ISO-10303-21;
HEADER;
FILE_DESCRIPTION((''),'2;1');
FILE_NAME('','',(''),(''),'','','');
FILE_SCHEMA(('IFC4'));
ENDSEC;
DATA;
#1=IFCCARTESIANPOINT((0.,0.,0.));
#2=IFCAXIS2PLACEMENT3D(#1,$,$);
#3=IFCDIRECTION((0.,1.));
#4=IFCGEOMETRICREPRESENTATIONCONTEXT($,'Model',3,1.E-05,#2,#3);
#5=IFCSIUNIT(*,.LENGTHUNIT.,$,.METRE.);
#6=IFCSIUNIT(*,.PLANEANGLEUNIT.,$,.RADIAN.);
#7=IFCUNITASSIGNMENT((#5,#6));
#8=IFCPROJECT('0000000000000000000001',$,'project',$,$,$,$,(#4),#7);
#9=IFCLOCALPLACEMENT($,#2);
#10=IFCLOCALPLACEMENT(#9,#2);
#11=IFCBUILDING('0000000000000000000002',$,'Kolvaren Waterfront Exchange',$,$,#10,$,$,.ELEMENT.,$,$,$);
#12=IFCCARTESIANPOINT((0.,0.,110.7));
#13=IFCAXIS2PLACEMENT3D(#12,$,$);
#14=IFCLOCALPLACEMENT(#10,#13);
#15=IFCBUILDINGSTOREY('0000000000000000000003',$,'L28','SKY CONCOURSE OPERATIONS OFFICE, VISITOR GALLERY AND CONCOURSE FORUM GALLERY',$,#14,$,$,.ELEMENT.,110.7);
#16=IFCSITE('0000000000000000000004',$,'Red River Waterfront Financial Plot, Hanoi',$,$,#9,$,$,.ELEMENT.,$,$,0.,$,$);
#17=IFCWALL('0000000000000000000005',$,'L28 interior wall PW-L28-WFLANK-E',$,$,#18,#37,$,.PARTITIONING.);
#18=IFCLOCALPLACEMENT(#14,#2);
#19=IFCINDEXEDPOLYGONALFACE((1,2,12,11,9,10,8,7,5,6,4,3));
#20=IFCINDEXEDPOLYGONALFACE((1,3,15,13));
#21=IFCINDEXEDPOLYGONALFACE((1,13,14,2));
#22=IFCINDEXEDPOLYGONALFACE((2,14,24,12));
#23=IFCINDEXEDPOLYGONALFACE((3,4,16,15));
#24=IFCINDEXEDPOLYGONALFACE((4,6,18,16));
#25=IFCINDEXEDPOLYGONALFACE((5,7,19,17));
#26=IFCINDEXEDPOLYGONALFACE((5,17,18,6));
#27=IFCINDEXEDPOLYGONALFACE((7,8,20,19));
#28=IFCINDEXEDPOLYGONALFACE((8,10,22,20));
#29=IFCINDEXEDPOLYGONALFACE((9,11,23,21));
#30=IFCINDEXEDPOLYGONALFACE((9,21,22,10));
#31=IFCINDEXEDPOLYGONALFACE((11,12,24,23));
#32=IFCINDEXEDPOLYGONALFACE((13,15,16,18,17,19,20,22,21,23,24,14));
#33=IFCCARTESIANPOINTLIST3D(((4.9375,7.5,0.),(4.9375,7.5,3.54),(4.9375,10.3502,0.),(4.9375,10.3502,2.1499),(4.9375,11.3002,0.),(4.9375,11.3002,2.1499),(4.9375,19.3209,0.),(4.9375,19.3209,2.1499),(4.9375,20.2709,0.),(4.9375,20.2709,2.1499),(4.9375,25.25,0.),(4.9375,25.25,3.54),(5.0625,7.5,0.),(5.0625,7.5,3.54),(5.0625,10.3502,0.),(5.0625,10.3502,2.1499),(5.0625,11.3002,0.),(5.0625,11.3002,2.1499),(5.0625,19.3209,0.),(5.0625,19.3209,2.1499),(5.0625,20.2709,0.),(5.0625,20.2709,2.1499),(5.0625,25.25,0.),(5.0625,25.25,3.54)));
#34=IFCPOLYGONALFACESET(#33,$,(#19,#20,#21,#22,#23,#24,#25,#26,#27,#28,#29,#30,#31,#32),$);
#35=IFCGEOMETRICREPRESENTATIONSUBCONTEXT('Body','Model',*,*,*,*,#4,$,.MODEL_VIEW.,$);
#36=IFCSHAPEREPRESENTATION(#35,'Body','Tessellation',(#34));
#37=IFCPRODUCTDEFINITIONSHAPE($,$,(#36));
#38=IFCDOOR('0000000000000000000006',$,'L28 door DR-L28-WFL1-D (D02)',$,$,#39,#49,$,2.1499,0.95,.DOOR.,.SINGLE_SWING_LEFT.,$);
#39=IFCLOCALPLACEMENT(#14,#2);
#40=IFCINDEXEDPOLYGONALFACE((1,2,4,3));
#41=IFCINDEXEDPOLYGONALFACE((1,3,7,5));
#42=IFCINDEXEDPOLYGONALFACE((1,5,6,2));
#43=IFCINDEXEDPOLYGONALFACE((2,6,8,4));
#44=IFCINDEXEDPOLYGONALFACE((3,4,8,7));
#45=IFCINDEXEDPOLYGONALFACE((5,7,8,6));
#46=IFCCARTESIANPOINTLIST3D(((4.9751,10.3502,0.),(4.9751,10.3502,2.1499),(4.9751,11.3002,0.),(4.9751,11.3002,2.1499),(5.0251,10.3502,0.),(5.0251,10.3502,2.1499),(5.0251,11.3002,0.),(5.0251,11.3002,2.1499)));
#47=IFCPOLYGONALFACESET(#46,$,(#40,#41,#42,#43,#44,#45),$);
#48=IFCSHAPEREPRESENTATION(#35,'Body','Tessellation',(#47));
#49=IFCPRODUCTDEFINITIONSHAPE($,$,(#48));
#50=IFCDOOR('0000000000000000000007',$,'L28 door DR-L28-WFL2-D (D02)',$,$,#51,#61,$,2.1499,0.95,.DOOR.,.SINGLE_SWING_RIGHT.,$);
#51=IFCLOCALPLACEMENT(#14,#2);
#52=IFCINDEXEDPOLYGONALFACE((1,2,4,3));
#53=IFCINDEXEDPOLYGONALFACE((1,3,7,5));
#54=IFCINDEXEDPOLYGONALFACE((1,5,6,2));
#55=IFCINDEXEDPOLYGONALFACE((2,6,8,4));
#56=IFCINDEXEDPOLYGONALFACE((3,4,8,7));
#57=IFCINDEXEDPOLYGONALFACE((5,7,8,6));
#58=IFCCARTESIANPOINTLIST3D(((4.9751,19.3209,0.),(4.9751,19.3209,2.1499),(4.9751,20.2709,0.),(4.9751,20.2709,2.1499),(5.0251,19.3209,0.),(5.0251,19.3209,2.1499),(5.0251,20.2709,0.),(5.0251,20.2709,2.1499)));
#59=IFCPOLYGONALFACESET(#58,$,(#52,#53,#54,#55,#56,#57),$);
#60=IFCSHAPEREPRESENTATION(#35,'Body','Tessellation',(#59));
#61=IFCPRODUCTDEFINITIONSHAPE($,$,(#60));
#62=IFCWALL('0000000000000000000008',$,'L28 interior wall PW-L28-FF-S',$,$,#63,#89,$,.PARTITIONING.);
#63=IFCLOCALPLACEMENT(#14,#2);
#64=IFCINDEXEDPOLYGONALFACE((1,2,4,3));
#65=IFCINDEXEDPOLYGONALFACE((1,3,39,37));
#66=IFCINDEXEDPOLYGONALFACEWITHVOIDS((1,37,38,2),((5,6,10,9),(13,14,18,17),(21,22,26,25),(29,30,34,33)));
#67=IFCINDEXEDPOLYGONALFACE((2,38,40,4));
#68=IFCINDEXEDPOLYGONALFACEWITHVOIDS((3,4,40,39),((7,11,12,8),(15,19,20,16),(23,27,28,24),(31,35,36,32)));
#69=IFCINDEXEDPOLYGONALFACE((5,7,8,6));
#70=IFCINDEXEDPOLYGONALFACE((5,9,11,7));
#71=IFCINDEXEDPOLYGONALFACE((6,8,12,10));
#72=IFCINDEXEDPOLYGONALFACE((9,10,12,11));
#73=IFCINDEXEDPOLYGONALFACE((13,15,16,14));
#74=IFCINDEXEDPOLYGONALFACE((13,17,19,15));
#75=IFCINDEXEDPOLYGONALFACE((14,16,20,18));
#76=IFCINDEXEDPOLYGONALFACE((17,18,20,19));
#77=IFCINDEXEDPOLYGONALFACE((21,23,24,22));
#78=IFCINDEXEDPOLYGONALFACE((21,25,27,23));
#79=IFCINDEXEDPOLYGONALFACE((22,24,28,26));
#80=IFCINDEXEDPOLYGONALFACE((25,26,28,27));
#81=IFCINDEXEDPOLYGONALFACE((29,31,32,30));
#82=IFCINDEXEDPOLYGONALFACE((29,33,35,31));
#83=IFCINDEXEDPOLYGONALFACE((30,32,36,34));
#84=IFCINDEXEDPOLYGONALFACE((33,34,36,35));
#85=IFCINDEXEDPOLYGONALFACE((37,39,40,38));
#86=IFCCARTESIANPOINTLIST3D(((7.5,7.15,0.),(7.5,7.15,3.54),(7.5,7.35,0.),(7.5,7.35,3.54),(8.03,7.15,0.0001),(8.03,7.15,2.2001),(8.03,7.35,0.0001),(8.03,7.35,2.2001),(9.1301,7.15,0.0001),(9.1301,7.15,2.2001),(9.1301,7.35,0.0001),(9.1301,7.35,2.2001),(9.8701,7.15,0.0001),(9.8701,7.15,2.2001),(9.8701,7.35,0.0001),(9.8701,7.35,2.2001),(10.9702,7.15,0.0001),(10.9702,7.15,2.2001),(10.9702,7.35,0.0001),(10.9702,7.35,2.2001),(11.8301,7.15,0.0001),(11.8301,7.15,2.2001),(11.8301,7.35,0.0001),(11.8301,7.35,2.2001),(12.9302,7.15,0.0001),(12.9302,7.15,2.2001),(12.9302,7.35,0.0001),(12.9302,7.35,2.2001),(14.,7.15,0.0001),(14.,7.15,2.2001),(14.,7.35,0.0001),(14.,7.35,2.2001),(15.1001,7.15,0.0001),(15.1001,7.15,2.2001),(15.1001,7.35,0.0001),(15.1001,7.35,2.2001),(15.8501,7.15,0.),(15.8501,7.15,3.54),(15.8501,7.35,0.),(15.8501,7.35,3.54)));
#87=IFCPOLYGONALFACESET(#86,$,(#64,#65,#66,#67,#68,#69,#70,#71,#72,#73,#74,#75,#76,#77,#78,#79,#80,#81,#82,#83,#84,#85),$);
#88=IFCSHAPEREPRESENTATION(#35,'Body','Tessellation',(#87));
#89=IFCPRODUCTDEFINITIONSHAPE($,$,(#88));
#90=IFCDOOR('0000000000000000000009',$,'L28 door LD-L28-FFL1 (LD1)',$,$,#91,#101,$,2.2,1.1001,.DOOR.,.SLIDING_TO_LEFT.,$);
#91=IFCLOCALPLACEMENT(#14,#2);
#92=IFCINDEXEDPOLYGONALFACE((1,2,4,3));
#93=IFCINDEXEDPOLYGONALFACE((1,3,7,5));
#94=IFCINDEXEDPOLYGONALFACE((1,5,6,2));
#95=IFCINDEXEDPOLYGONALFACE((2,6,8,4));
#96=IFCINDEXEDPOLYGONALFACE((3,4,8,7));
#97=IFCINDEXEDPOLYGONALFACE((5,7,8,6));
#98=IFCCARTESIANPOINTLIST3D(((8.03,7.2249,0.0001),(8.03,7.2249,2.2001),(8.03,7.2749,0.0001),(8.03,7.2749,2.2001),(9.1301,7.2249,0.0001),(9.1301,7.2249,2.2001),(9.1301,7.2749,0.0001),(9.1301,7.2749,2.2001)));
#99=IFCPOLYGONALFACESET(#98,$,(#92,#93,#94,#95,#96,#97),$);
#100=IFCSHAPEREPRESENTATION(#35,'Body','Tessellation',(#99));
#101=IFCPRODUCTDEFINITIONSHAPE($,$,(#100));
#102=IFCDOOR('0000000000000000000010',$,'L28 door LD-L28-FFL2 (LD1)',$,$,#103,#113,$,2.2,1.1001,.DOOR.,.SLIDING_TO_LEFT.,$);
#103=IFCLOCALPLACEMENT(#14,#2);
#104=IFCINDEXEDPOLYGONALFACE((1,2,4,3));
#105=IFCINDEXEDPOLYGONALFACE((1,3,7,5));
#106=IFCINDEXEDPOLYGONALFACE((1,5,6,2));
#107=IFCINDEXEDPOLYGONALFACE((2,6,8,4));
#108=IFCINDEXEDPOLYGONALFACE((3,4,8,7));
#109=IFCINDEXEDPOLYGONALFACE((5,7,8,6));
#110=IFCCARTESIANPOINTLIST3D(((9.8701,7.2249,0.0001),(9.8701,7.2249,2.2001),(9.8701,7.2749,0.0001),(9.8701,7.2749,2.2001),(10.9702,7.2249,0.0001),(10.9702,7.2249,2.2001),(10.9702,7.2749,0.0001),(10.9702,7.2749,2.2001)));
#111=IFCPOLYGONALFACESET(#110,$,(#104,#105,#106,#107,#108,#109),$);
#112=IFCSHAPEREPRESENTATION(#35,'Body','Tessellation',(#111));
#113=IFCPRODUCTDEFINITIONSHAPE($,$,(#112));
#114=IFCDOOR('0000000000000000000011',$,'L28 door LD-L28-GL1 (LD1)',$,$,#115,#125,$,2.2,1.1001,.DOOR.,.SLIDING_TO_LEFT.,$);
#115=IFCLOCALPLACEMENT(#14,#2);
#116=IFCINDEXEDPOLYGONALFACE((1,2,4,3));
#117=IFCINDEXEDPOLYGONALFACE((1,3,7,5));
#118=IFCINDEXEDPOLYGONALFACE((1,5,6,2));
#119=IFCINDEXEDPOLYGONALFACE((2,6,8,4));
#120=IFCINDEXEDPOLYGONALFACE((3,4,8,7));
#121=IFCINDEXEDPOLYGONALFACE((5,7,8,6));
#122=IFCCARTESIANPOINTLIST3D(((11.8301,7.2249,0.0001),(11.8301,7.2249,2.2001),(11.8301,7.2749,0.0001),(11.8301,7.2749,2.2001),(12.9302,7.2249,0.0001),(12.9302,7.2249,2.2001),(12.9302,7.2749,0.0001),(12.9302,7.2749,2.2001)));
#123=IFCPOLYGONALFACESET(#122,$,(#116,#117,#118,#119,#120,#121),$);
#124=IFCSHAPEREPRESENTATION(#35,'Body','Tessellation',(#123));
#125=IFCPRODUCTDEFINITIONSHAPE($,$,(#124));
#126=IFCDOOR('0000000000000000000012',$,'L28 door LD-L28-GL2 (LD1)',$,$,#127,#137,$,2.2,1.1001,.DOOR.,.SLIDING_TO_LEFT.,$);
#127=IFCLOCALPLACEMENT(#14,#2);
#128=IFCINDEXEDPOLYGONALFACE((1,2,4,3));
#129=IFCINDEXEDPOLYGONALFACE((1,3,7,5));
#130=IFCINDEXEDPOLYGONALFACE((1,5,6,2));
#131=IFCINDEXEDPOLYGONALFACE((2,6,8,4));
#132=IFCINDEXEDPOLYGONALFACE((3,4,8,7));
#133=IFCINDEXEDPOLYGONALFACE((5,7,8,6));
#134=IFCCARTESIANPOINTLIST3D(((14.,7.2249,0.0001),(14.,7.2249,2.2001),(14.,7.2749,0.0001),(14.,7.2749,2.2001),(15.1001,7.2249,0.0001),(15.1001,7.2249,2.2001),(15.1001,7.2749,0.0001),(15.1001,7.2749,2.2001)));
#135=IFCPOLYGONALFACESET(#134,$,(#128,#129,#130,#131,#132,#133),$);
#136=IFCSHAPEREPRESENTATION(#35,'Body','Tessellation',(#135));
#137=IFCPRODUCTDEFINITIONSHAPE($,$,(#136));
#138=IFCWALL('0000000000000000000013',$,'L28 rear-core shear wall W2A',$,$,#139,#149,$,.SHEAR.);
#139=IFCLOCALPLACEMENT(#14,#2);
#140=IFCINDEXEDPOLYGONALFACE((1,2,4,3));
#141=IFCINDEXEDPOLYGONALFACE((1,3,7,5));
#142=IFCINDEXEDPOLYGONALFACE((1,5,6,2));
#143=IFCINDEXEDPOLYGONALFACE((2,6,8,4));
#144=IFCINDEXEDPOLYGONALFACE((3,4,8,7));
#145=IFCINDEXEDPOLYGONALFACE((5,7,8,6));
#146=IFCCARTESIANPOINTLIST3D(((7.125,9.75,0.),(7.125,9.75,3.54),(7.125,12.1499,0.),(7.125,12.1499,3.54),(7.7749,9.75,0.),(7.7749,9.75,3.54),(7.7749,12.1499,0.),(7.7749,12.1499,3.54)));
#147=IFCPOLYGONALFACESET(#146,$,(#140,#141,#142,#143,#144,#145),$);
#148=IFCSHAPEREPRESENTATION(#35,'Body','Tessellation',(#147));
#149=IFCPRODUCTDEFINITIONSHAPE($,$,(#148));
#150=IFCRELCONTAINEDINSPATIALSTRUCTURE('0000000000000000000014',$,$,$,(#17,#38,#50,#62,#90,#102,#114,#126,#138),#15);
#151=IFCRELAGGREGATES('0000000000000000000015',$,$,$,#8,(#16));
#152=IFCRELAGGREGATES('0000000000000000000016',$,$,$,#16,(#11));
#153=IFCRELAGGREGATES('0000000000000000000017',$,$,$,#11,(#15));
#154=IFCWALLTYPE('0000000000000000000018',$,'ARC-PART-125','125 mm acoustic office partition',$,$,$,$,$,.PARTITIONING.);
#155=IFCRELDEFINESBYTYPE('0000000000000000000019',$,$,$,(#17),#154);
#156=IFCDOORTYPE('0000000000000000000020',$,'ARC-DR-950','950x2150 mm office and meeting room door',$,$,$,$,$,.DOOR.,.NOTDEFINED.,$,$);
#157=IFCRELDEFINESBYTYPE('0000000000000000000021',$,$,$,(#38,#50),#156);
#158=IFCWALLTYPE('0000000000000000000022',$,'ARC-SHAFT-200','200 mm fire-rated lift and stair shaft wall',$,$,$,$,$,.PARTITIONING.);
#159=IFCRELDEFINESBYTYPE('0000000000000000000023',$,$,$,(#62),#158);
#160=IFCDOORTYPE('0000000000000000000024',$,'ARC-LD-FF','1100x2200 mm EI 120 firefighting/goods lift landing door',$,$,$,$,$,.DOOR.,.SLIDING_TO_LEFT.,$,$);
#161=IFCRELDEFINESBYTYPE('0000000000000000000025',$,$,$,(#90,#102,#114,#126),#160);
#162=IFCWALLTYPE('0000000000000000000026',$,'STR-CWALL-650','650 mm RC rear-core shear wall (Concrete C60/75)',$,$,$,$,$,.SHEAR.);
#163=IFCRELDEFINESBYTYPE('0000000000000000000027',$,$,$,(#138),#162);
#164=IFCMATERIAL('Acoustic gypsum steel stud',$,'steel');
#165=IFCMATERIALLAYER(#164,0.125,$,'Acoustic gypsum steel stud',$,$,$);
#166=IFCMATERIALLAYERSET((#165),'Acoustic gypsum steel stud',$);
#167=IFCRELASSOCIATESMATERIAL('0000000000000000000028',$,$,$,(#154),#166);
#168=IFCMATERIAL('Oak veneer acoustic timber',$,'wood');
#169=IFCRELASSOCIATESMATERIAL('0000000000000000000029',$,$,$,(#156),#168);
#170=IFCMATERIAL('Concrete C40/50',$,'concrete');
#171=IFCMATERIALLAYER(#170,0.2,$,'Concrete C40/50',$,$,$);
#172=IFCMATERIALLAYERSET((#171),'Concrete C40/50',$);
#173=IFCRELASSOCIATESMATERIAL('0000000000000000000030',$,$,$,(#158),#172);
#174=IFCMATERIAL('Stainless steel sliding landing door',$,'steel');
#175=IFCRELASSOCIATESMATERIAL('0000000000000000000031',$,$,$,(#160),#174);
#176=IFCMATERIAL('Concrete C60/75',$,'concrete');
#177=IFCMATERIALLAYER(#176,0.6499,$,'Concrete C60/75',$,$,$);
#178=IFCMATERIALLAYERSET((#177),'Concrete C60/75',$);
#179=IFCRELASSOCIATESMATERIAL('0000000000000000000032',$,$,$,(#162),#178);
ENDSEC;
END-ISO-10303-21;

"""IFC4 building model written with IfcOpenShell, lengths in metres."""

from ifc_helpers import new_model, si_unit, direction, frame, frame_2d, origin, place, context, subcontext, project, spatial, rectangle, extrude, material, layer, layer_set, type_object, element, fill, save


model = new_model("IFC4")

# Units and contexts
model_context = context("Model", 3, precision=1e-05, world=origin(), true_north=direction((0.0, 1.0)))
body_context = subcontext(model_context, "Body", "Model", "MODEL_VIEW")
ifc_project = project(units=[si_unit("LENGTHUNIT", "METRE"), si_unit("PLANEANGLEUNIT", "RADIAN")], contexts=[model_context])

# Site, building, storey
site_placement = place(None, origin())
site = spatial("IfcSite", under=ifc_project, at=site_placement, Name="Red River Waterfront Financial Plot, Hanoi", CompositionType="ELEMENT", RefElevation=0.0)
building_placement = place(site_placement, origin())
building = spatial("IfcBuilding", under=site, at=building_placement, Name="Kolvaren Waterfront Exchange", CompositionType="ELEMENT")
storey_placement = place(building_placement, frame((0.0, 0.0, 110.7)))
storey = spatial("IfcBuildingStorey", under=building, at=storey_placement, Name="L28", Description="SKY CONCOURSE OPERATIONS OFFICE, VISITOR GALLERY AND CONCOURSE FORUM GALLERY", CompositionType="ELEMENT", Elevation=110.7)

# Shared definitions
ifc_material_1 = material(Name="Concrete C60/75", Category="concrete")

# Shared definitions
ifc_material_2 = material(Name="Acoustic gypsum steel stud", Category="steel")
ifc_layer_1 = layer(ifc_material_2, 0.125, Name="Acoustic gypsum steel stud")
ifc_layer_set_1 = layer_set([ifc_layer_1], Name="Acoustic gypsum steel stud")
wall_type_1 = type_object("IfcWallType", Name="ARC-PART-125", Description="125 mm acoustic office partition", PredefinedType="PARTITIONING", material=ifc_layer_set_1)

# Walls, openings, doors
wall_1_placement = place(storey_placement, frame((5.0, 7.5, 0.0), z_axis=(0.0, 0.0, 1.0), x_axis=(0.0, 1.0, 0.0)))
wall_1 = element("IfcWall", 1, at=wall_1_placement, inside=storey, type_object=wall_type_1, Name="L28 interior wall PW-L28-WFLANK-E", PredefinedType="PARTITIONING", context=body_context, shape_type="SweptSolid", body=[
    extrude(rectangle(XDim=17.75, YDim=0.125, at=frame_2d((8.875, 0.0))), origin(), (0.0, 0.0, 1.0), 3.54),
])
opening_1_placement = place(wall_1_placement, frame((2.8501, 0.0, 0.0)))
opening_1 = element("IfcOpeningElement", 2, at=opening_1_placement, cuts=wall_1, PredefinedType="OPENING", context=body_context, shape_type="SweptSolid", body=[
    extrude(rectangle(XDim=0.95, YDim=2.1499, at=frame_2d((0.4751, 1.075))), frame((0.0, 0.0725, 0.0), z_axis=(0.0, -1.0, 0.0), x_axis=(1.0, 0.0, 0.0)), (0.0, 0.0, 1.0), 0.145),
])
opening_2_placement = place(wall_1_placement, frame((11.8208, 0.0, 0.0)))
opening_2 = element("IfcOpeningElement", 3, at=opening_2_placement, cuts=wall_1, PredefinedType="OPENING", context=body_context, shape_type="SweptSolid", body=[
    extrude(rectangle(XDim=0.95, YDim=2.1499, at=frame_2d((0.4751, 1.075))), frame((0.0, 0.0725, 0.0), z_axis=(0.0, -1.0, 0.0), x_axis=(1.0, 0.0, 0.0)), (0.0, 0.0, 1.0), 0.145),
])
ifc_material_3 = material(Name="Oak veneer acoustic timber", Category="wood")
door_type_1 = type_object("IfcDoorType", Name="ARC-DR-950", Description="950x2150 mm office and meeting room door", OperationType="NOTDEFINED", PredefinedType="DOOR", material=ifc_material_3)
door_1_placement = place(opening_1_placement, origin())
door_1 = element("IfcDoor", 4, at=door_1_placement, inside=storey, type_object=door_type_1, Name="L28 door DR-L28-WFL1-D (D02)", OperationType="SINGLE_SWING_LEFT", OverallHeight=2.1499, OverallWidth=0.95, PredefinedType="DOOR", context=body_context, shape_type="SweptSolid", body=[
    extrude(rectangle(XDim=0.95, YDim=2.1499, at=frame_2d((0.4751, 1.075))), frame((0.0, 0.0249, 0.0), z_axis=(0.0, -1.0, 0.0), x_axis=(1.0, 0.0, 0.0)), (0.0, 0.0, 1.0), 0.05),
])
fill(opening_1, door_1)
door_2_placement = place(opening_2_placement, origin())
door_2 = element("IfcDoor", 5, at=door_2_placement, inside=storey, type_object=door_type_1, Name="L28 door DR-L28-WFL2-D (D02)", OperationType="SINGLE_SWING_RIGHT", OverallHeight=2.1499, OverallWidth=0.95, PredefinedType="DOOR", context=body_context, shape_type="SweptSolid", body=[
    extrude(rectangle(XDim=0.95, YDim=2.1499, at=frame_2d((0.4751, 1.075))), frame((0.0, 0.0249, 0.0), z_axis=(0.0, -1.0, 0.0), x_axis=(1.0, 0.0, 0.0)), (0.0, 0.0, 1.0), 0.05),
])
fill(opening_2, door_2)
ifc_material_4 = material(Name="Concrete C40/50", Category="concrete")
ifc_layer_2 = layer(ifc_material_4, 0.2, Name="Concrete C40/50")
ifc_layer_set_2 = layer_set([ifc_layer_2], Name="Concrete C40/50")
wall_type_2 = type_object("IfcWallType", Name="ARC-SHAFT-200", Description="200 mm fire-rated lift and stair shaft wall", PredefinedType="PARTITIONING", material=ifc_layer_set_2)
wall_2_placement = place(storey_placement, frame((7.5, 7.25, 0.0), z_axis=(0.0, 0.0, 1.0), x_axis=(1.0, 0.0, 0.0)))
wall_2 = element("IfcWall", 6, at=wall_2_placement, inside=storey, type_object=wall_type_2, Name="L28 interior wall PW-L28-FF-S", PredefinedType="PARTITIONING", context=body_context, shape_type="SweptSolid", body=[
    extrude(rectangle(XDim=8.3501, YDim=0.2, at=frame_2d((4.175, 0.0))), origin(), (0.0, 0.0, 1.0), 3.54),
])
opening_3_placement = place(wall_2_placement, frame((0.53, 0.0, 0.0)))
opening_3 = element("IfcOpeningElement", 7, at=opening_3_placement, cuts=wall_2, PredefinedType="OPENING", context=body_context, shape_type="SweptSolid", body=[
    extrude(rectangle(XDim=1.1001, YDim=2.2, at=frame_2d((0.55, 1.1001))), frame((0.0, 0.1099, 0.0), z_axis=(0.0, -1.0, 0.0), x_axis=(1.0, 0.0, 0.0)), (0.0, 0.0, 1.0), 0.22),
])
opening_4_placement = place(wall_2_placement, frame((2.3701, 0.0, 0.0)))
opening_4 = element("IfcOpeningElement", 8, at=opening_4_placement, cuts=wall_2, PredefinedType="OPENING", context=body_context, shape_type="SweptSolid", body=[
    extrude(rectangle(XDim=1.1001, YDim=2.2, at=frame_2d((0.55, 1.1001))), frame((0.0, 0.1099, 0.0), z_axis=(0.0, -1.0, 0.0), x_axis=(1.0, 0.0, 0.0)), (0.0, 0.0, 1.0), 0.22),
])
opening_5_placement = place(wall_2_placement, frame((4.3301, 0.0, 0.0)))
opening_5 = element("IfcOpeningElement", 9, at=opening_5_placement, cuts=wall_2, PredefinedType="OPENING", context=body_context, shape_type="SweptSolid", body=[
    extrude(rectangle(XDim=1.1001, YDim=2.2, at=frame_2d((0.55, 1.1001))), frame((0.0, 0.1099, 0.0), z_axis=(0.0, -1.0, 0.0), x_axis=(1.0, 0.0, 0.0)), (0.0, 0.0, 1.0), 0.22),
])
opening_6_placement = place(wall_2_placement, frame((6.5, 0.0, 0.0)))
opening_6 = element("IfcOpeningElement", 10, at=opening_6_placement, cuts=wall_2, PredefinedType="OPENING", context=body_context, shape_type="SweptSolid", body=[
    extrude(rectangle(XDim=1.1001, YDim=2.2, at=frame_2d((0.55, 1.1001))), frame((0.0, 0.1099, 0.0), z_axis=(0.0, -1.0, 0.0), x_axis=(1.0, 0.0, 0.0)), (0.0, 0.0, 1.0), 0.22),
])
ifc_material_5 = material(Name="Stainless steel sliding landing door", Category="steel")
door_type_2 = type_object("IfcDoorType", Name="ARC-LD-FF", Description="1100x2200 mm EI 120 firefighting/goods lift landing door", OperationType="SLIDING_TO_LEFT", PredefinedType="DOOR", material=ifc_material_5)
door_3_placement = place(opening_3_placement, origin())
door_3 = element("IfcDoor", 11, at=door_3_placement, inside=storey, type_object=door_type_2, Name="L28 door LD-L28-FFL1 (LD1)", OperationType="SLIDING_TO_LEFT", OverallHeight=2.2, OverallWidth=1.1001, PredefinedType="DOOR", context=body_context, shape_type="SweptSolid", body=[
    extrude(rectangle(XDim=1.1001, YDim=2.2, at=frame_2d((0.55, 1.1001))), frame((0.0, 0.0249, 0.0), z_axis=(0.0, -1.0, 0.0), x_axis=(1.0, 0.0, 0.0)), (0.0, 0.0, 1.0), 0.05),
])
fill(opening_3, door_3)
door_4_placement = place(opening_4_placement, origin())
door_4 = element("IfcDoor", 12, at=door_4_placement, inside=storey, type_object=door_type_2, Name="L28 door LD-L28-FFL2 (LD1)", OperationType="SLIDING_TO_LEFT", OverallHeight=2.2, OverallWidth=1.1001, PredefinedType="DOOR", context=body_context, shape_type="SweptSolid", body=[
    extrude(rectangle(XDim=1.1001, YDim=2.2, at=frame_2d((0.55, 1.1001))), frame((0.0, 0.0249, 0.0), z_axis=(0.0, -1.0, 0.0), x_axis=(1.0, 0.0, 0.0)), (0.0, 0.0, 1.0), 0.05),
])
fill(opening_4, door_4)
door_5_placement = place(opening_5_placement, origin())
door_5 = element("IfcDoor", 13, at=door_5_placement, inside=storey, type_object=door_type_2, Name="L28 door LD-L28-GL1 (LD1)", OperationType="SLIDING_TO_LEFT", OverallHeight=2.2, OverallWidth=1.1001, PredefinedType="DOOR", context=body_context, shape_type="SweptSolid", body=[
    extrude(rectangle(XDim=1.1001, YDim=2.2, at=frame_2d((0.55, 1.1001))), frame((0.0, 0.0249, 0.0), z_axis=(0.0, -1.0, 0.0), x_axis=(1.0, 0.0, 0.0)), (0.0, 0.0, 1.0), 0.05),
])
fill(opening_5, door_5)
door_6_placement = place(opening_6_placement, origin())
door_6 = element("IfcDoor", 14, at=door_6_placement, inside=storey, type_object=door_type_2, Name="L28 door LD-L28-GL2 (LD1)", OperationType="SLIDING_TO_LEFT", OverallHeight=2.2, OverallWidth=1.1001, PredefinedType="DOOR", context=body_context, shape_type="SweptSolid", body=[
    extrude(rectangle(XDim=1.1001, YDim=2.2, at=frame_2d((0.55, 1.1001))), frame((0.0, 0.0249, 0.0), z_axis=(0.0, -1.0, 0.0), x_axis=(1.0, 0.0, 0.0)), (0.0, 0.0, 1.0), 0.05),
])
fill(opening_6, door_6)

# Wall
ifc_layer_3 = layer(ifc_material_1, 0.6499, Name="Concrete C60/75")
ifc_layer_set_3 = layer_set([ifc_layer_3], Name="Concrete C60/75")
wall_type_3 = type_object("IfcWallType", Name="STR-CWALL-650", Description="650 mm RC rear-core shear wall (Concrete C60/75)", PredefinedType="SHEAR", material=ifc_layer_set_3)
wall_3_placement = place(storey_placement, frame((7.45, 9.75, 0.0), z_axis=(0.0, 0.0, 1.0), x_axis=(0.0, 1.0, 0.0)))
element("IfcWall", 15, at=wall_3_placement, inside=storey, type_object=wall_type_3, Name="L28 rear-core shear wall W2A", PredefinedType="SHEAR", context=body_context, shape_type="SweptSolid", body=[
    extrude(rectangle(XDim=2.3999, YDim=0.6499, at=frame_2d((1.2, 0.0))), origin(), (0.0, 0.0, 1.0), 3.54),
])

save(model, "model.ifc")
